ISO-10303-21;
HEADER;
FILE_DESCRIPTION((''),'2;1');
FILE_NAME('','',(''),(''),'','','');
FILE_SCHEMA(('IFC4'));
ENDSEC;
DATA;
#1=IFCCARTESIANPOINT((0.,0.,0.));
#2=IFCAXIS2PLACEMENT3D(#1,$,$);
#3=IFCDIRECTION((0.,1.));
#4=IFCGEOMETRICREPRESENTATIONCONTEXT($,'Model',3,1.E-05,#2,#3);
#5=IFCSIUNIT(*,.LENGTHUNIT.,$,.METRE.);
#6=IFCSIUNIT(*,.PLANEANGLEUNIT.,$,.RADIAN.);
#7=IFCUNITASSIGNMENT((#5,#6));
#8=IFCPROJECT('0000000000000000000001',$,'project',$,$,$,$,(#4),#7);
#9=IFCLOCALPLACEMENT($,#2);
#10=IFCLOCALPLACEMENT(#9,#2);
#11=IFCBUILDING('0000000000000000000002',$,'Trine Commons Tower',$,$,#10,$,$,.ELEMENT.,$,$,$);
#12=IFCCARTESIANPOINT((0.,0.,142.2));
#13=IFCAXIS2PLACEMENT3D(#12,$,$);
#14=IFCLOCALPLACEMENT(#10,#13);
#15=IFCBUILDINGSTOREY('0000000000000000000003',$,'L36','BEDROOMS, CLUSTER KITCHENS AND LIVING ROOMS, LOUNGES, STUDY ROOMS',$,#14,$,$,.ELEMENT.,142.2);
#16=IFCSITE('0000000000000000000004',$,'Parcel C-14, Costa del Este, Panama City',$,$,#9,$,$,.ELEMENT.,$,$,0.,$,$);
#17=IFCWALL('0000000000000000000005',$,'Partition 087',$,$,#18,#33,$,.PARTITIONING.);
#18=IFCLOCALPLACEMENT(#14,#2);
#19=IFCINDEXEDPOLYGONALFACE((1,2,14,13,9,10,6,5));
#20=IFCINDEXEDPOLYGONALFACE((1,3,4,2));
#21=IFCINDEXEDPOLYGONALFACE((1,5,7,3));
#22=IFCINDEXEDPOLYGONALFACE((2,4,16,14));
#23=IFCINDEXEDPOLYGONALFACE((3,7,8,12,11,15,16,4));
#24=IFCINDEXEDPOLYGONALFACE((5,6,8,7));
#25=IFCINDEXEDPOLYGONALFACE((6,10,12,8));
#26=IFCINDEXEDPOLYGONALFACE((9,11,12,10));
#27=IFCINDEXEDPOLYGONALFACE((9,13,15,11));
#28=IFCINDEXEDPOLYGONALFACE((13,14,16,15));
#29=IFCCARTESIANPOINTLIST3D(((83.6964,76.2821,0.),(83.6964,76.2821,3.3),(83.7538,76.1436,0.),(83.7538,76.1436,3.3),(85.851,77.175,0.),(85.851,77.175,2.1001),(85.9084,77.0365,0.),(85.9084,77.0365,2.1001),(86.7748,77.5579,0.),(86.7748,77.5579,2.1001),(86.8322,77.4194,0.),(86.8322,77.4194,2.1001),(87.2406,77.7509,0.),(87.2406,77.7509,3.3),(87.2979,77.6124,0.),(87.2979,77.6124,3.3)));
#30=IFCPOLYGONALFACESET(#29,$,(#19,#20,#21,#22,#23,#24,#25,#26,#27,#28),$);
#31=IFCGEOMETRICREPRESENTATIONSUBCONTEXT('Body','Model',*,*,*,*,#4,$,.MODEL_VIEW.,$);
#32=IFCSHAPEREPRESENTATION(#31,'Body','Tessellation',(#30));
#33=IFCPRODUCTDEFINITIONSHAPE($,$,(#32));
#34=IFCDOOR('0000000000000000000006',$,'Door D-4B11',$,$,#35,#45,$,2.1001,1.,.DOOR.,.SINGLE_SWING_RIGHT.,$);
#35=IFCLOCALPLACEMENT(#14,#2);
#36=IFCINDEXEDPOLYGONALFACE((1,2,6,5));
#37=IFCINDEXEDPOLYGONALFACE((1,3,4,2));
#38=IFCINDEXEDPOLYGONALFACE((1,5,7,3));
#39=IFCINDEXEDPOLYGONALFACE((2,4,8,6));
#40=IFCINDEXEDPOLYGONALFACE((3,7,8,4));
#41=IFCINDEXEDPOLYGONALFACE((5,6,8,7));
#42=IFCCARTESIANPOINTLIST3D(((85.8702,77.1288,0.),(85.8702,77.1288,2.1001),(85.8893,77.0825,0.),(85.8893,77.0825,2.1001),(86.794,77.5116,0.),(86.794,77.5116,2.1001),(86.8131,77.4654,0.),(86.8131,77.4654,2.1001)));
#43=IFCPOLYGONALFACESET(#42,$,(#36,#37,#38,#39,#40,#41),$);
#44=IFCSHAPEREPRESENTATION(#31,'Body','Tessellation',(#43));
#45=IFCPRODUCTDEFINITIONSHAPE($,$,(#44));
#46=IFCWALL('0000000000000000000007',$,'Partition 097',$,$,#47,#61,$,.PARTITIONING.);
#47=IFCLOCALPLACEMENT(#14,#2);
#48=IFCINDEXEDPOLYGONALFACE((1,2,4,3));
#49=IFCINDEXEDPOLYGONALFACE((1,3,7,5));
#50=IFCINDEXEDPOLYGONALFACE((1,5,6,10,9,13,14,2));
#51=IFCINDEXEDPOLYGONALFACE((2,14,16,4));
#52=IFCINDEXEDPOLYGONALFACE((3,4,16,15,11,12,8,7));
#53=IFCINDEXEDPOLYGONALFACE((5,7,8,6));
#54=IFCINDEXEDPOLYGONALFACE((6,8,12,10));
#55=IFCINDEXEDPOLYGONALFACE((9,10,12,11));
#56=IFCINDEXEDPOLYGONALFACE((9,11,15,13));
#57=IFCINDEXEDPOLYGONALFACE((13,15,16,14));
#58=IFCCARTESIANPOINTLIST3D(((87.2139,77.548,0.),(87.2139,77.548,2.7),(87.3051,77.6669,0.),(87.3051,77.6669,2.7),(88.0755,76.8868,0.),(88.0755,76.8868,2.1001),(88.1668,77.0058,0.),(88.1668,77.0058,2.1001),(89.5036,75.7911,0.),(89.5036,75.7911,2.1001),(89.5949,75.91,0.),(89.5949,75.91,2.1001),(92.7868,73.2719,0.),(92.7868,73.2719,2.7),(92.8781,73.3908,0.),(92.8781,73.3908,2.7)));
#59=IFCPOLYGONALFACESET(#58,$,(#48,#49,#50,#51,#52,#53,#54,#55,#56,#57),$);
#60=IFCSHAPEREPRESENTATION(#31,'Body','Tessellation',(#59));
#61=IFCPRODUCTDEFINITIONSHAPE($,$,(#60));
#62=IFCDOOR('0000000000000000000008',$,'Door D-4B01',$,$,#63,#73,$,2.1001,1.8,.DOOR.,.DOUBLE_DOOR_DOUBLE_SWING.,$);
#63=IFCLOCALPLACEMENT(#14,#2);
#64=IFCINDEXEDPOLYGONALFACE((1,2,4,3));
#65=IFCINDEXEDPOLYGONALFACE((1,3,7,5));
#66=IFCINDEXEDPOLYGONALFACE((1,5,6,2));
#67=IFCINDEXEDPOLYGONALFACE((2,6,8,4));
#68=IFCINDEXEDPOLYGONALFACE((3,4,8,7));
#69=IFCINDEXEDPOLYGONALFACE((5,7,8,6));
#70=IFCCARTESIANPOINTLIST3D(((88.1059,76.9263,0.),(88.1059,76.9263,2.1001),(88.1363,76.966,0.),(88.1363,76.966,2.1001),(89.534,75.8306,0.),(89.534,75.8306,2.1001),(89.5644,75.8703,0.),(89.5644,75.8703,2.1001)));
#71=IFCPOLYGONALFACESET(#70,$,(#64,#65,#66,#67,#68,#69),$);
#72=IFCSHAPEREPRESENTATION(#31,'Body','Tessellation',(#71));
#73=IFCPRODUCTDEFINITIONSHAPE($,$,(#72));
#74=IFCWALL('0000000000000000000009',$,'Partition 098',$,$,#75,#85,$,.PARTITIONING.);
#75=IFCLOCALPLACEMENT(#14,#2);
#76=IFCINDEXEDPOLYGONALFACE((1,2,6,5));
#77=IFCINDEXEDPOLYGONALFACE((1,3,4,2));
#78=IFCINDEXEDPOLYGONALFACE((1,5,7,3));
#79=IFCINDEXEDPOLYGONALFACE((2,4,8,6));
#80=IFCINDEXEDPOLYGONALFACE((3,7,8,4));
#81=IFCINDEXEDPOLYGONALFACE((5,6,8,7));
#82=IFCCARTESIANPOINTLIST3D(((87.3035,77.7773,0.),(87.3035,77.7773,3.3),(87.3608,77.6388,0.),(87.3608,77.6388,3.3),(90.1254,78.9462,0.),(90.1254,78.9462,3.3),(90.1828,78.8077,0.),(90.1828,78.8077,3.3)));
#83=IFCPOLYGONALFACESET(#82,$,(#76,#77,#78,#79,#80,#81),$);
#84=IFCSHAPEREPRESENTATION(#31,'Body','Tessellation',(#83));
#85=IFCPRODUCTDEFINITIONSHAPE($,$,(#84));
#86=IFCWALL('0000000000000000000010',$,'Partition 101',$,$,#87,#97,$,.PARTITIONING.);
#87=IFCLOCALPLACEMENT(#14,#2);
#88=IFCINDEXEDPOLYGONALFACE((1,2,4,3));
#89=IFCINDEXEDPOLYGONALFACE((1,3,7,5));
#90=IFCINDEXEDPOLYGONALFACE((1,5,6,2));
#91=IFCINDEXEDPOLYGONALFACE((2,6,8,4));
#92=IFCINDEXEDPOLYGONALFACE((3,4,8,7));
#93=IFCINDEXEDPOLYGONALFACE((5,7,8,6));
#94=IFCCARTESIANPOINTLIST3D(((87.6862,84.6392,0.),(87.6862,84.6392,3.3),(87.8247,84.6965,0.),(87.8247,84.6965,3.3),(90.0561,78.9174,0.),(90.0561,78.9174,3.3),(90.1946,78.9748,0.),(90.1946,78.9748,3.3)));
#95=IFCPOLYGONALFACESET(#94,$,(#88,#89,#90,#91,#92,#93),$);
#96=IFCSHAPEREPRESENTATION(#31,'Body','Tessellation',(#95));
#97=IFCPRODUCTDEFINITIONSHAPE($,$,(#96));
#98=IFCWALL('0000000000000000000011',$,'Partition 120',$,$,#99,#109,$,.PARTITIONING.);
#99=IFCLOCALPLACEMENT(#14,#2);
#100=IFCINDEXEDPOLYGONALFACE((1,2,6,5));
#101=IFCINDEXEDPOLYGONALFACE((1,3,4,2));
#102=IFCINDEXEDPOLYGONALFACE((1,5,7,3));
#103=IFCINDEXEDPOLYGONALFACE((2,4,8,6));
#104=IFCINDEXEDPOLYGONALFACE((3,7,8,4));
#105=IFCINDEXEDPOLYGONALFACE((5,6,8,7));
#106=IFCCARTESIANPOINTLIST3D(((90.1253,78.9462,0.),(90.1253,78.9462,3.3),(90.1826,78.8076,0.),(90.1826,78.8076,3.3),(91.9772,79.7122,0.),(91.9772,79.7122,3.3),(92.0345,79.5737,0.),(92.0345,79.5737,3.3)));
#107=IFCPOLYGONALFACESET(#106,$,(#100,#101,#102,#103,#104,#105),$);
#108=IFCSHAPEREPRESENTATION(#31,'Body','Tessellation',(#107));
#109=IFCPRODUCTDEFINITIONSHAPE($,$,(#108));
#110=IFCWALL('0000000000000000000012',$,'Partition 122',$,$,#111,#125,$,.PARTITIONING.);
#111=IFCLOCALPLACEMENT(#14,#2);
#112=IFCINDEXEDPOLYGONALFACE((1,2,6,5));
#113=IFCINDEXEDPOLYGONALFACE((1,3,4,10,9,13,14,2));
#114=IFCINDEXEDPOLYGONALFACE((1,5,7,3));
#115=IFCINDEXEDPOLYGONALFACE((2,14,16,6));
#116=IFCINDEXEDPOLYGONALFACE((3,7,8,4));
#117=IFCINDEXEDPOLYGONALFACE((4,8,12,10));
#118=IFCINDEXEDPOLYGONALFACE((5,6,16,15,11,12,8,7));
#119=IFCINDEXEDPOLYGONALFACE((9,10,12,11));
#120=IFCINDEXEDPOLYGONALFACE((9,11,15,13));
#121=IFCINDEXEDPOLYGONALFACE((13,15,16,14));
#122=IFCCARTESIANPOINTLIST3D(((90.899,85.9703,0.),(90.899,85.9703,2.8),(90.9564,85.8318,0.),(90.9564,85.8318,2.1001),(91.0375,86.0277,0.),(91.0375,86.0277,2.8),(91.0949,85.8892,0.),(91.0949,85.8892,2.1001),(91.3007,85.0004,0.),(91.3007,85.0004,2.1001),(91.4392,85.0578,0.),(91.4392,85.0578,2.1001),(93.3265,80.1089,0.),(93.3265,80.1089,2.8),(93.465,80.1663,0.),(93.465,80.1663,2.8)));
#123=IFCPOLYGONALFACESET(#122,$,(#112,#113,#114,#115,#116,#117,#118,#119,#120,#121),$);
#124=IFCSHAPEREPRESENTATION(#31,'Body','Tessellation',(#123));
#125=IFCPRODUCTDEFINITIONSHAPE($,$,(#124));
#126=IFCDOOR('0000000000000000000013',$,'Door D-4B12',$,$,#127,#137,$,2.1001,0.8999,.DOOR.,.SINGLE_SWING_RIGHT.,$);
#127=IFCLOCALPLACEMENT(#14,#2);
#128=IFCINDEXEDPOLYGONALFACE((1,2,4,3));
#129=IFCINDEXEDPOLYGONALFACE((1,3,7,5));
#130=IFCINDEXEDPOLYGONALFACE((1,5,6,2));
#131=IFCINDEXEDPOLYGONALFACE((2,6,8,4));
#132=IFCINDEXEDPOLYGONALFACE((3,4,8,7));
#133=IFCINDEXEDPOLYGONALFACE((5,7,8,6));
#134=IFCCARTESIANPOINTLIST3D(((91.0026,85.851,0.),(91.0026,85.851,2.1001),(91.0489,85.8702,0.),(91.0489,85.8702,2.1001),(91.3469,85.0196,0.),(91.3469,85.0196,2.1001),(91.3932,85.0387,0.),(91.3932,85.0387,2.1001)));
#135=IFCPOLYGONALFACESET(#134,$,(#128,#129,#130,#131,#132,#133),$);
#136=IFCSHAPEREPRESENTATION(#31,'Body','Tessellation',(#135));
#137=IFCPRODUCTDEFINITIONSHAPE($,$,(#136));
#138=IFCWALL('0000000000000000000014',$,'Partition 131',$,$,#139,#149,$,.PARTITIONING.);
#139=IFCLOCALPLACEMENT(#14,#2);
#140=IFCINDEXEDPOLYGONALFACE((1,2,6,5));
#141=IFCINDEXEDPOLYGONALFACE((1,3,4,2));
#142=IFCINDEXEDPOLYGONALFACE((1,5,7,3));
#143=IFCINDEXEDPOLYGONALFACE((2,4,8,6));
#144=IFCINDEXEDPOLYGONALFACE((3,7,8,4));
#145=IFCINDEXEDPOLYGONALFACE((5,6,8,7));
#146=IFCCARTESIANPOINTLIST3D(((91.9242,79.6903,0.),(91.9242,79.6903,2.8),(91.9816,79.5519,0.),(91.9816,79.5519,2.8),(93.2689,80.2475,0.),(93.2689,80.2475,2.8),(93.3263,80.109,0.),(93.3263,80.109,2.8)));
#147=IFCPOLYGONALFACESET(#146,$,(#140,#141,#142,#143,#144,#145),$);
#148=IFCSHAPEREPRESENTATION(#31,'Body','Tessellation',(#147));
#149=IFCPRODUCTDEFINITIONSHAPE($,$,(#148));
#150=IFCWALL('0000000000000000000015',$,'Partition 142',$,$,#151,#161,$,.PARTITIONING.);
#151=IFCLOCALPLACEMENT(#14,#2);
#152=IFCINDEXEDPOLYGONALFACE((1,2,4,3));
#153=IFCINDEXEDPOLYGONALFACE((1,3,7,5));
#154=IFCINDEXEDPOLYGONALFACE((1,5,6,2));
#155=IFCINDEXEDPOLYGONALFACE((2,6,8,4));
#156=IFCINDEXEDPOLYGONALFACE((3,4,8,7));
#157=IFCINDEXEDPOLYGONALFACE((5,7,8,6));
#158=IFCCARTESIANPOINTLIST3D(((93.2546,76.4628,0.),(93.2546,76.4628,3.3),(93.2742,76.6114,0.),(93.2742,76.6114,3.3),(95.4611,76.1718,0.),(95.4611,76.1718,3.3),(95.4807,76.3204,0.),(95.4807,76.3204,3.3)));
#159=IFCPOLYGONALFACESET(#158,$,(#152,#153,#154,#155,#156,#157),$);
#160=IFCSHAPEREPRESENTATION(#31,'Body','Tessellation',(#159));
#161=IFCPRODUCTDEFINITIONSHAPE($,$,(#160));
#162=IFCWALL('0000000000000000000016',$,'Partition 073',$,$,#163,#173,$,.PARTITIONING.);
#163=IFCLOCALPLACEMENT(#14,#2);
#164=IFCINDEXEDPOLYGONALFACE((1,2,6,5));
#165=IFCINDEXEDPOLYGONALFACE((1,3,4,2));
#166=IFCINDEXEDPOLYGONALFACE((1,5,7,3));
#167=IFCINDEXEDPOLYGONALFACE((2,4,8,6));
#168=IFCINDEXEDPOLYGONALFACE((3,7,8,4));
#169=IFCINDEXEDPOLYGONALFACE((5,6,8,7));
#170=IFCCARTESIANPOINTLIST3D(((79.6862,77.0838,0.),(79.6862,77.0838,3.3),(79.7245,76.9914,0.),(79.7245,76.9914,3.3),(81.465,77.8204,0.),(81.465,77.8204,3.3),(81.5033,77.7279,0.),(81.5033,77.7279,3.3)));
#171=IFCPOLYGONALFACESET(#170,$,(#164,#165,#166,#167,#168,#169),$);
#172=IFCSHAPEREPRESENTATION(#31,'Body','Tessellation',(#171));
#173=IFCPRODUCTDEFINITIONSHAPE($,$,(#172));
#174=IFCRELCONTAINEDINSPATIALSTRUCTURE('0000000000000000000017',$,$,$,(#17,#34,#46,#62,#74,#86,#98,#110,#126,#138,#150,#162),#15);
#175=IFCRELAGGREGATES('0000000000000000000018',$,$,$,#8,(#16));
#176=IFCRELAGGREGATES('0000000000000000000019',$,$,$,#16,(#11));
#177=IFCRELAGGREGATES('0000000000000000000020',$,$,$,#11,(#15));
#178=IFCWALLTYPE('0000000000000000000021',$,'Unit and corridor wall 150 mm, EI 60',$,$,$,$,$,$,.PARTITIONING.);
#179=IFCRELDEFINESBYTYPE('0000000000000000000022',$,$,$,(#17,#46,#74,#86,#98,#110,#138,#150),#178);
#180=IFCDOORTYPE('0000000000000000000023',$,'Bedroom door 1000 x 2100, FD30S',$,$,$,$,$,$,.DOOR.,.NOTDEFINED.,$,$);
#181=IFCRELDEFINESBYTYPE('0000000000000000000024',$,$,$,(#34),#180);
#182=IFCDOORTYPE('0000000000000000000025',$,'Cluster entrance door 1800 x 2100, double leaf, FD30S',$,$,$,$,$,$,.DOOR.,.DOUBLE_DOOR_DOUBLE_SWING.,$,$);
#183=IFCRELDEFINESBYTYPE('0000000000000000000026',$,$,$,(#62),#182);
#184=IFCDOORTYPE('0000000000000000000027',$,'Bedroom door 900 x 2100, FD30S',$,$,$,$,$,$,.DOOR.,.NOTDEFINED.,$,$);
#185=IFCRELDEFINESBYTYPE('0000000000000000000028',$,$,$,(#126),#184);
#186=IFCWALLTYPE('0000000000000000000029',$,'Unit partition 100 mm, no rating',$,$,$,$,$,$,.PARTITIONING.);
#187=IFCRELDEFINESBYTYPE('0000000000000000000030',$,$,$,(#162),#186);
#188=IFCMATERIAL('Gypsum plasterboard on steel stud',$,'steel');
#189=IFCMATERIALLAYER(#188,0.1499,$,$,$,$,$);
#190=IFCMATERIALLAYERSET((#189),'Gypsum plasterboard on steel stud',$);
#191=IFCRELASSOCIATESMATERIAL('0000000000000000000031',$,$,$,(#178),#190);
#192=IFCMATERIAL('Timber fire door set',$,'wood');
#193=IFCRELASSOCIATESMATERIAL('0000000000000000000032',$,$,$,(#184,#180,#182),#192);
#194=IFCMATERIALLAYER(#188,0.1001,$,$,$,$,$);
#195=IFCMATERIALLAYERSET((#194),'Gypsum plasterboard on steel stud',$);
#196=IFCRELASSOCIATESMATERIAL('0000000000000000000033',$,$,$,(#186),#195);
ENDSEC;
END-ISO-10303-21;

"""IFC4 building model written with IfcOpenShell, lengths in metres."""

from ifc_helpers import new_model, si_unit, direction, frame, frame_2d, origin, place, context, subcontext, project, spatial, rectangle, extrude, material, layer, layer_set, type_object, element, fill, save


model = new_model("IFC4")

# Units and contexts
model_context = context("Model", 3, precision=1e-05, world=origin(), true_north=direction((0.0, 1.0)))
body_context = subcontext(model_context, "Body", "Model", "MODEL_VIEW")
ifc_project = project(units=[si_unit("LENGTHUNIT", "METRE"), si_unit("PLANEANGLEUNIT", "RADIAN")], contexts=[model_context])

# Site, building, storey
site_placement = place(None, origin())
site = spatial("IfcSite", under=ifc_project, at=site_placement, Name="Parcel C-14, Costa del Este, Panama City", CompositionType="ELEMENT", RefElevation=0.0)
building_placement = place(site_placement, origin())
building = spatial("IfcBuilding", under=site, at=building_placement, Name="Trine Commons Tower", CompositionType="ELEMENT")
storey_placement = place(building_placement, frame((0.0, 0.0, 142.2)))
storey = spatial("IfcBuildingStorey", under=building, at=storey_placement, Name="L36", Description="BEDROOMS, CLUSTER KITCHENS AND LIVING ROOMS, LOUNGES, STUDY ROOMS", CompositionType="ELEMENT", Elevation=142.2)

# Shared definitions
ifc_material_1 = material(Name="Gypsum plasterboard on steel stud", Category="steel")
ifc_layer_1 = layer(ifc_material_1, 0.1499)
ifc_layer_set_1 = layer_set([ifc_layer_1], Name="Gypsum plasterboard on steel stud")
wall_type_1 = type_object("IfcWallType", Name="Unit and corridor wall 150 mm, EI 60", PredefinedType="PARTITIONING", material=ifc_layer_set_1)

# Walls, openings, doors
ifc_material_2 = material(Name="Timber fire door set", Category="wood")
door_type_1 = type_object("IfcDoorType", Name="Bedroom door 900 x 2100, FD30S", OperationType="NOTDEFINED", PredefinedType="DOOR", material=ifc_material_2)
wall_1_placement = place(storey_placement, frame((83.7251, 76.2129, 0.0), z_axis=(0.0, 0.0, 1.0), x_axis=(0.923815, 0.382839, 0.0)))
wall_1 = element("IfcWall", 1, at=wall_1_placement, inside=storey, type_object=wall_type_1, Name="Partition 087", PredefinedType="PARTITIONING", context=body_context, shape_type="SweptSolid", body=[
    extrude(rectangle(XDim=3.8364, YDim=0.1499, at=frame_2d((1.9182, 0.0))), origin(), (0.0, 0.0, 1.0), 3.3),
])
opening_1_placement = place(wall_1_placement, frame((2.3323, 0.0, 0.0)))
opening_1 = element("IfcOpeningElement", 2, at=opening_1_placement, cuts=wall_1, PredefinedType="OPENING", context=body_context, shape_type="SweptSolid", body=[
    extrude(rectangle(XDim=1.0, YDim=2.1001, at=frame_2d((0.5, 1.05))), frame((0.0, 0.085, 0.0), z_axis=(0.0, -1.0, 0.0), x_axis=(1.0, 0.0, 0.0)), (0.0, 0.0, 1.0), 0.1699),
])
door_type_2 = type_object("IfcDoorType", Name="Bedroom door 1000 x 2100, FD30S", OperationType="NOTDEFINED", PredefinedType="DOOR", material=ifc_material_2)
door_1_placement = place(opening_1_placement, origin())
door_1 = element("IfcDoor", 3, at=door_1_placement, inside=storey, type_object=door_type_2, Name="Door D-4B11", OperationType="SINGLE_SWING_RIGHT", OverallHeight=2.1001, OverallWidth=1.0, PredefinedType="DOOR", context=body_context, shape_type="SweptSolid", body=[
    extrude(rectangle(XDim=1.0, YDim=2.1001, at=frame_2d((0.5, 1.05))), frame((0.0, 0.0249, 0.0), z_axis=(0.0, -1.0, 0.0), x_axis=(1.0, 0.0, 0.0)), (0.0, 0.0, 1.0), 0.05),
])
fill(opening_1, door_1)
wall_2_placement = place(storey_placement, frame((87.2595, 77.6074, 0.0), z_axis=(0.0, 0.0, 1.0), x_axis=(0.793366, -0.608745, 0.0)))
wall_2 = element("IfcWall", 4, at=wall_2_placement, inside=storey, type_object=wall_type_1, Name="Partition 097", PredefinedType="PARTITIONING", context=body_context, shape_type="SweptSolid", body=[
    extrude(rectangle(XDim=7.0244, YDim=0.1499, at=frame_2d((3.5122, 0.0))), origin(), (0.0, 0.0, 1.0), 2.7),
])
opening_2_placement = place(wall_2_placement, frame((1.0862, 0.0, 0.0)))
opening_2 = element("IfcOpeningElement", 5, at=opening_2_placement, cuts=wall_2, PredefinedType="OPENING", context=body_context, shape_type="SweptSolid", body=[
    extrude(rectangle(XDim=1.8, YDim=2.1001, at=frame_2d((0.8999, 1.05))), frame((0.0, 0.085, 0.0), z_axis=(0.0, -1.0, 0.0), x_axis=(1.0, 0.0, 0.0)), (0.0, 0.0, 1.0), 0.1699),
])
door_type_3 = type_object("IfcDoorType", Name="Cluster entrance door 1800 x 2100, double leaf, FD30S", OperationType="DOUBLE_DOOR_DOUBLE_SWING", PredefinedType="DOOR", material=ifc_material_2)
door_2_placement = place(opening_2_placement, origin())
door_2 = element("IfcDoor", 6, at=door_2_placement, inside=storey, type_object=door_type_3, Name="Door D-4B01", OperationType="DOUBLE_DOOR_DOUBLE_SWING", OverallHeight=2.1001, OverallWidth=1.8, PredefinedType="DOOR", context=body_context, shape_type="SweptSolid", body=[
    extrude(rectangle(XDim=1.8, YDim=2.1001, at=frame_2d((0.8999, 1.05))), frame((0.0, 0.0249, 0.0), z_axis=(0.0, -1.0, 0.0), x_axis=(1.0, 0.0, 0.0)), (0.0, 0.0, 1.0), 0.05),
])
fill(opening_2, door_2)

# Walls
wall_3_placement = place(storey_placement, frame((87.332, 77.708, 0.0), z_axis=(0.0, 0.0, 1.0), x_axis=(0.923877, 0.382691, 0.0)))
element("IfcWall", 7, at=wall_3_placement, inside=storey, type_object=wall_type_1, Name="Partition 098", PredefinedType="PARTITIONING", context=body_context, shape_type="SweptSolid", body=[
    extrude(rectangle(XDim=3.0544, YDim=0.1499, at=frame_2d((1.5273, 0.0))), origin(), (0.0, 0.0, 1.0), 3.3),
])
wall_4_placement = place(storey_placement, frame((87.7554, 84.668, 0.0), z_axis=(0.0, 0.0, 1.0), x_axis=(0.382666, -0.923887, 0.0)))
element("IfcWall", 8, at=wall_4_placement, inside=storey, type_object=wall_type_1, Name="Partition 101", PredefinedType="PARTITIONING", context=body_context, shape_type="SweptSolid", body=[
    extrude(rectangle(XDim=6.1931, YDim=0.1499, at=frame_2d((3.0967, 0.0))), origin(), (0.0, 0.0, 1.0), 3.3),
])
wall_5_placement = place(storey_placement, frame((90.1541, 78.877, 0.0), z_axis=(0.0, 0.0, 1.0), x_axis=(0.924061, 0.382244, 0.0)))
element("IfcWall", 9, at=wall_5_placement, inside=storey, type_object=wall_type_1, Name="Partition 120", PredefinedType="PARTITIONING", context=body_context, shape_type="SweptSolid", body=[
    extrude(rectangle(XDim=2.0042, YDim=0.1499, at=frame_2d((1.002, 0.0))), origin(), (0.0, 0.0, 1.0), 3.3),
])

# Wall, opening, door
wall_6_placement = place(storey_placement, frame((90.9683, 85.999, 0.0), z_axis=(0.0, 0.0, 1.0), x_axis=(0.382636, -0.923899, 0.0)))
wall_6 = element("IfcWall", 10, at=wall_6_placement, inside=storey, type_object=wall_type_1, Name="Partition 122", PredefinedType="PARTITIONING", context=body_context, shape_type="SweptSolid", body=[
    extrude(rectangle(XDim=6.3442, YDim=0.1499, at=frame_2d((3.1721, 0.0))), origin(), (0.0, 0.0, 1.0), 2.8),
])
opening_3_placement = place(wall_6_placement, frame((0.1499, 0.0, 0.0)))
opening_3 = element("IfcOpeningElement", 11, at=opening_3_placement, cuts=wall_6, PredefinedType="OPENING", context=body_context, shape_type="SweptSolid", body=[
    extrude(rectangle(XDim=0.8999, YDim=2.1001, at=frame_2d((0.45, 1.05))), frame((0.0, 0.085, 0.0), z_axis=(0.0, -1.0, 0.0), x_axis=(1.0, 0.0, 0.0)), (0.0, 0.0, 1.0), 0.1699),
])
door_3_placement = place(opening_3_placement, frame((0.8999, 0.0, 0.0), z_axis=(0.0, 0.0, 1.0), x_axis=(-1.0, 0.0, 0.0)))
door_3 = element("IfcDoor", 12, at=door_3_placement, inside=storey, type_object=door_type_1, Name="Door D-4B12", OperationType="SINGLE_SWING_RIGHT", OverallHeight=2.1001, OverallWidth=0.8999, PredefinedType="DOOR", context=body_context, shape_type="SweptSolid", body=[
    extrude(rectangle(XDim=0.8999, YDim=2.1001, at=frame_2d((0.45, 1.05))), frame((0.0, 0.0249, 0.0), z_axis=(0.0, -1.0, 0.0), x_axis=(1.0, 0.0, 0.0)), (0.0, 0.0, 1.0), 0.05),
])
fill(opening_3, door_3)

# Walls
wall_7_placement = place(storey_placement, frame((91.9529, 79.6211, 0.0), z_axis=(0.0, 0.0, 1.0), x_axis=(0.923849, 0.382757, 0.0)))
element("IfcWall", 13, at=wall_7_placement, inside=storey, type_object=wall_type_1, Name="Partition 131", PredefinedType="PARTITIONING", context=body_context, shape_type="SweptSolid", body=[
    extrude(rectangle(XDim=1.4556, YDim=0.1499, at=frame_2d((0.7278, 0.0))), origin(), (0.0, 0.0, 1.0), 2.8),
])
wall_8_placement = place(storey_placement, frame((93.2644, 76.5371, 0.0), z_axis=(0.0, 0.0, 1.0), x_axis=(0.991415, -0.130755, 0.0)))
element("IfcWall", 14, at=wall_8_placement, inside=storey, type_object=wall_type_1, Name="Partition 142", PredefinedType="PARTITIONING", context=body_context, shape_type="SweptSolid", body=[
    extrude(rectangle(XDim=2.2256, YDim=0.1499, at=frame_2d((1.1128, 0.0))), origin(), (0.0, 0.0, 1.0), 3.3),
])
ifc_layer_2 = layer(ifc_material_1, 0.1001)
ifc_layer_set_2 = layer_set([ifc_layer_2], Name="Gypsum plasterboard on steel stud")
wall_type_2 = type_object("IfcWallType", Name="Unit partition 100 mm, no rating", PredefinedType="PARTITIONING", material=ifc_layer_set_2)
wall_9_placement = place(storey_placement, frame((79.7053, 77.0376, 0.0), z_axis=(0.0, 0.0, 1.0), x_axis=(0.923923, 0.38258, 0.0)))
element("IfcWall", 15, at=wall_9_placement, inside=storey, type_object=wall_type_2, Name="Partition 073", PredefinedType="PARTITIONING", context=body_context, shape_type="SweptSolid", body=[
    extrude(rectangle(XDim=1.9253, YDim=0.1001, at=frame_2d((0.9626, 0.0))), origin(), (0.0, 0.0, 1.0), 3.3),
])

save(model, "model.ifc")
